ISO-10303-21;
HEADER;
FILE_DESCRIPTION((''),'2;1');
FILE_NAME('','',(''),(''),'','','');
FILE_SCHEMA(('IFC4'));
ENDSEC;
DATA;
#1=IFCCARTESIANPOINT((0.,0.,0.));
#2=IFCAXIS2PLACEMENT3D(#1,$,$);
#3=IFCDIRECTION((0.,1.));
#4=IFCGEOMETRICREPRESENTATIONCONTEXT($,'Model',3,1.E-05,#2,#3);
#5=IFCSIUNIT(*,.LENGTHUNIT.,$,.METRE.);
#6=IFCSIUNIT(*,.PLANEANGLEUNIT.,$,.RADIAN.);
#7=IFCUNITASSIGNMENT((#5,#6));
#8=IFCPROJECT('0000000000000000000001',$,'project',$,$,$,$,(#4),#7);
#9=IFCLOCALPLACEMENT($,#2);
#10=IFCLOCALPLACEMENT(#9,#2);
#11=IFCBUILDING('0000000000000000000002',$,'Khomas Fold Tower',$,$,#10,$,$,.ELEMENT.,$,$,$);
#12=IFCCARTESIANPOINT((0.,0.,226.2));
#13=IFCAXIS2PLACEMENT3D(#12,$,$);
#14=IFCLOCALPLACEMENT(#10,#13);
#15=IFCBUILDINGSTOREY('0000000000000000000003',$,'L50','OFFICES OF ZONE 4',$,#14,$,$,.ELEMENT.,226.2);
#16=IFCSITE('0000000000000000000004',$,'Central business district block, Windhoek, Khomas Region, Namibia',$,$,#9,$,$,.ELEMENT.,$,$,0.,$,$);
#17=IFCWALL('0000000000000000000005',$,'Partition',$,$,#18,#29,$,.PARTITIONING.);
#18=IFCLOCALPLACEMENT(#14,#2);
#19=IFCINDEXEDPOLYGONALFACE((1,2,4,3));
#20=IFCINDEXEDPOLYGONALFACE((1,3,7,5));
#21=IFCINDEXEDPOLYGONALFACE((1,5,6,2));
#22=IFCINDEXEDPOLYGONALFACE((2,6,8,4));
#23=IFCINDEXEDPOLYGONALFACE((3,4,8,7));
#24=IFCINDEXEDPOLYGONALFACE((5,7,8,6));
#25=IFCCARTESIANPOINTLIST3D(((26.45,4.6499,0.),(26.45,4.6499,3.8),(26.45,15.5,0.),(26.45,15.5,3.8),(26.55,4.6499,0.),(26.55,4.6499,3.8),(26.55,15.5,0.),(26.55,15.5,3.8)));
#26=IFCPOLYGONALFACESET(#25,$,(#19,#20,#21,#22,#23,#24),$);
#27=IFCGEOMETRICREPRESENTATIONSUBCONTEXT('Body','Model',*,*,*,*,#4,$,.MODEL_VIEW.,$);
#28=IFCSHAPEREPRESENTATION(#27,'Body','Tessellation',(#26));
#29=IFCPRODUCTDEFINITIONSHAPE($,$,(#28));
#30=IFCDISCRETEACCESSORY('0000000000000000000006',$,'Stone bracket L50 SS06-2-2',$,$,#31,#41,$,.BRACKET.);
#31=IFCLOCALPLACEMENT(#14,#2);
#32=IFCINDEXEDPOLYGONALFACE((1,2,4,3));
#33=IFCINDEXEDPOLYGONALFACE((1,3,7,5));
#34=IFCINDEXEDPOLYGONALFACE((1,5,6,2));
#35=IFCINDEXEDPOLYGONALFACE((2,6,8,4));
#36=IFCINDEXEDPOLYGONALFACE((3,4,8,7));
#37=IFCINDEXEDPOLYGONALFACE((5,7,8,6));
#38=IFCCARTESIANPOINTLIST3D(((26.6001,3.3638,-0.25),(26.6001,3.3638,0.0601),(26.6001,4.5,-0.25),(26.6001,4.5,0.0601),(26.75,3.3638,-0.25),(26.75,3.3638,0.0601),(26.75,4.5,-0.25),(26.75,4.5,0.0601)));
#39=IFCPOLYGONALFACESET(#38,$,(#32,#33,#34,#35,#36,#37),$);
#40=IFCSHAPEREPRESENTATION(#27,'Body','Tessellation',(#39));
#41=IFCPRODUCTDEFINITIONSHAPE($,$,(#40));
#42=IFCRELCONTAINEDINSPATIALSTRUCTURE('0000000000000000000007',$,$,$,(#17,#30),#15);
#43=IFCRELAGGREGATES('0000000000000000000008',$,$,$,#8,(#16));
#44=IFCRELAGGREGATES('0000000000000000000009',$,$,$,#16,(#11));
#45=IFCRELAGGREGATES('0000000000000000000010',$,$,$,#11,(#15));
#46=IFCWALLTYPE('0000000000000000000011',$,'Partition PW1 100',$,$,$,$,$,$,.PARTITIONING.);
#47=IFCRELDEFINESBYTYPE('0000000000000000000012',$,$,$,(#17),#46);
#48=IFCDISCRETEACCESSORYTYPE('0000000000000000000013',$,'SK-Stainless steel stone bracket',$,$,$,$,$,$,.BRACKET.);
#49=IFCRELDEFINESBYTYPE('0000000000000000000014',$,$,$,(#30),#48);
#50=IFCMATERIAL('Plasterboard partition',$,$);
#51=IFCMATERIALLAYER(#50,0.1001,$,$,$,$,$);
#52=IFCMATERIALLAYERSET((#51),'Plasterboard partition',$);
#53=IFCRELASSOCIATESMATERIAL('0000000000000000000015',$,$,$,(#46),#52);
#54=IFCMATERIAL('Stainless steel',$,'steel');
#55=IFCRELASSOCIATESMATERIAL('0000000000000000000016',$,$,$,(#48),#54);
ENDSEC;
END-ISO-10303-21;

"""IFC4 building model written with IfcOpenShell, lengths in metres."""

from ifc_helpers import new_model, si_unit, direction, frame, frame_2d, origin, origin_2d, place, context, subcontext, project, spatial, rectangle, extrude, source, transform, mapped, material, layer, layer_set, type_object, element, save


model = new_model("IFC4")

# Units and contexts
model_context = context("Model", 3, precision=1e-05, world=origin(), true_north=direction((0.0, 1.0)))
body_context = subcontext(model_context, "Body", "Model", "MODEL_VIEW")
ifc_project = project(units=[si_unit("LENGTHUNIT", "METRE"), si_unit("PLANEANGLEUNIT", "RADIAN")], contexts=[model_context])

# Site, building, storey
site_placement = place(None, origin())
site = spatial("IfcSite", under=ifc_project, at=site_placement, Name="Central business district block, Windhoek, Khomas Region, Namibia", CompositionType="ELEMENT", RefElevation=0.0)
building_placement = place(site_placement, origin())
building = spatial("IfcBuilding", under=site, at=building_placement, Name="Khomas Fold Tower", CompositionType="ELEMENT")
storey_placement = place(building_placement, frame((0.0, 0.0, 226.2)))
storey = spatial("IfcBuildingStorey", under=building, at=storey_placement, Name="L50", Description="OFFICES OF ZONE 4", CompositionType="ELEMENT", Elevation=226.2)

# Wall
ifc_material_1 = material(Name="Plasterboard partition")
ifc_layer_1 = layer(ifc_material_1, 0.1001)
ifc_layer_set_1 = layer_set([ifc_layer_1], Name="Plasterboard partition")
wall_type_1 = type_object("IfcWallType", Name="Partition PW1 100", PredefinedType="PARTITIONING", material=ifc_layer_set_1)
shared_shape_1 = source(origin(), body_context, "Body", "SweptSolid", [
    extrude(rectangle(XDim=10.8501, YDim=0.1001, at=frame_2d((5.425, 0.0))), origin(), (0.0, 0.0, 1.0), 3.8),
])
wall_1_placement = place(storey_placement, frame((26.5, 4.6499, 0.0), z_axis=(0.0, 0.0, 1.0), x_axis=(0.0, 1.0, 0.0)))
element("IfcWall", 1, at=wall_1_placement, inside=storey, type_object=wall_type_1, Name="Partition", PredefinedType="PARTITIONING", context=body_context, shape_type="MappedRepresentation", body=[
    mapped(shared_shape_1, transform((0.0, 0.0, 0.0))),
])

# Discrete accessory
ifc_material_2 = material(Name="Stainless steel", Category="steel")
discrete_accessory_type = type_object("IfcDiscreteAccessoryType", Name="SK-Stainless steel stone bracket", PredefinedType="BRACKET", material=ifc_material_2)
shared_shape_2 = source(origin(), body_context, "Body", "SweptSolid", [
    extrude(rectangle(XDim=1.1362, YDim=0.1499, at=origin_2d()), origin(), (0.0, 0.0, 1.0), 0.3101),
])
discrete_accessory_placement = place(storey_placement, frame((26.675, 3.9319, -0.25), z_axis=(0.0, 0.0, 1.0), x_axis=(0.0, -1.0, 0.0)))
element("IfcDiscreteAccessory", 2, at=discrete_accessory_placement, inside=storey, type_object=discrete_accessory_type, Name="Stone bracket L50 SS06-2-2", PredefinedType="BRACKET", context=body_context, shape_type="MappedRepresentation", body=[
    mapped(shared_shape_2, transform((0.0, 0.0, 0.0))),
])

save(model, "model.ifc")
